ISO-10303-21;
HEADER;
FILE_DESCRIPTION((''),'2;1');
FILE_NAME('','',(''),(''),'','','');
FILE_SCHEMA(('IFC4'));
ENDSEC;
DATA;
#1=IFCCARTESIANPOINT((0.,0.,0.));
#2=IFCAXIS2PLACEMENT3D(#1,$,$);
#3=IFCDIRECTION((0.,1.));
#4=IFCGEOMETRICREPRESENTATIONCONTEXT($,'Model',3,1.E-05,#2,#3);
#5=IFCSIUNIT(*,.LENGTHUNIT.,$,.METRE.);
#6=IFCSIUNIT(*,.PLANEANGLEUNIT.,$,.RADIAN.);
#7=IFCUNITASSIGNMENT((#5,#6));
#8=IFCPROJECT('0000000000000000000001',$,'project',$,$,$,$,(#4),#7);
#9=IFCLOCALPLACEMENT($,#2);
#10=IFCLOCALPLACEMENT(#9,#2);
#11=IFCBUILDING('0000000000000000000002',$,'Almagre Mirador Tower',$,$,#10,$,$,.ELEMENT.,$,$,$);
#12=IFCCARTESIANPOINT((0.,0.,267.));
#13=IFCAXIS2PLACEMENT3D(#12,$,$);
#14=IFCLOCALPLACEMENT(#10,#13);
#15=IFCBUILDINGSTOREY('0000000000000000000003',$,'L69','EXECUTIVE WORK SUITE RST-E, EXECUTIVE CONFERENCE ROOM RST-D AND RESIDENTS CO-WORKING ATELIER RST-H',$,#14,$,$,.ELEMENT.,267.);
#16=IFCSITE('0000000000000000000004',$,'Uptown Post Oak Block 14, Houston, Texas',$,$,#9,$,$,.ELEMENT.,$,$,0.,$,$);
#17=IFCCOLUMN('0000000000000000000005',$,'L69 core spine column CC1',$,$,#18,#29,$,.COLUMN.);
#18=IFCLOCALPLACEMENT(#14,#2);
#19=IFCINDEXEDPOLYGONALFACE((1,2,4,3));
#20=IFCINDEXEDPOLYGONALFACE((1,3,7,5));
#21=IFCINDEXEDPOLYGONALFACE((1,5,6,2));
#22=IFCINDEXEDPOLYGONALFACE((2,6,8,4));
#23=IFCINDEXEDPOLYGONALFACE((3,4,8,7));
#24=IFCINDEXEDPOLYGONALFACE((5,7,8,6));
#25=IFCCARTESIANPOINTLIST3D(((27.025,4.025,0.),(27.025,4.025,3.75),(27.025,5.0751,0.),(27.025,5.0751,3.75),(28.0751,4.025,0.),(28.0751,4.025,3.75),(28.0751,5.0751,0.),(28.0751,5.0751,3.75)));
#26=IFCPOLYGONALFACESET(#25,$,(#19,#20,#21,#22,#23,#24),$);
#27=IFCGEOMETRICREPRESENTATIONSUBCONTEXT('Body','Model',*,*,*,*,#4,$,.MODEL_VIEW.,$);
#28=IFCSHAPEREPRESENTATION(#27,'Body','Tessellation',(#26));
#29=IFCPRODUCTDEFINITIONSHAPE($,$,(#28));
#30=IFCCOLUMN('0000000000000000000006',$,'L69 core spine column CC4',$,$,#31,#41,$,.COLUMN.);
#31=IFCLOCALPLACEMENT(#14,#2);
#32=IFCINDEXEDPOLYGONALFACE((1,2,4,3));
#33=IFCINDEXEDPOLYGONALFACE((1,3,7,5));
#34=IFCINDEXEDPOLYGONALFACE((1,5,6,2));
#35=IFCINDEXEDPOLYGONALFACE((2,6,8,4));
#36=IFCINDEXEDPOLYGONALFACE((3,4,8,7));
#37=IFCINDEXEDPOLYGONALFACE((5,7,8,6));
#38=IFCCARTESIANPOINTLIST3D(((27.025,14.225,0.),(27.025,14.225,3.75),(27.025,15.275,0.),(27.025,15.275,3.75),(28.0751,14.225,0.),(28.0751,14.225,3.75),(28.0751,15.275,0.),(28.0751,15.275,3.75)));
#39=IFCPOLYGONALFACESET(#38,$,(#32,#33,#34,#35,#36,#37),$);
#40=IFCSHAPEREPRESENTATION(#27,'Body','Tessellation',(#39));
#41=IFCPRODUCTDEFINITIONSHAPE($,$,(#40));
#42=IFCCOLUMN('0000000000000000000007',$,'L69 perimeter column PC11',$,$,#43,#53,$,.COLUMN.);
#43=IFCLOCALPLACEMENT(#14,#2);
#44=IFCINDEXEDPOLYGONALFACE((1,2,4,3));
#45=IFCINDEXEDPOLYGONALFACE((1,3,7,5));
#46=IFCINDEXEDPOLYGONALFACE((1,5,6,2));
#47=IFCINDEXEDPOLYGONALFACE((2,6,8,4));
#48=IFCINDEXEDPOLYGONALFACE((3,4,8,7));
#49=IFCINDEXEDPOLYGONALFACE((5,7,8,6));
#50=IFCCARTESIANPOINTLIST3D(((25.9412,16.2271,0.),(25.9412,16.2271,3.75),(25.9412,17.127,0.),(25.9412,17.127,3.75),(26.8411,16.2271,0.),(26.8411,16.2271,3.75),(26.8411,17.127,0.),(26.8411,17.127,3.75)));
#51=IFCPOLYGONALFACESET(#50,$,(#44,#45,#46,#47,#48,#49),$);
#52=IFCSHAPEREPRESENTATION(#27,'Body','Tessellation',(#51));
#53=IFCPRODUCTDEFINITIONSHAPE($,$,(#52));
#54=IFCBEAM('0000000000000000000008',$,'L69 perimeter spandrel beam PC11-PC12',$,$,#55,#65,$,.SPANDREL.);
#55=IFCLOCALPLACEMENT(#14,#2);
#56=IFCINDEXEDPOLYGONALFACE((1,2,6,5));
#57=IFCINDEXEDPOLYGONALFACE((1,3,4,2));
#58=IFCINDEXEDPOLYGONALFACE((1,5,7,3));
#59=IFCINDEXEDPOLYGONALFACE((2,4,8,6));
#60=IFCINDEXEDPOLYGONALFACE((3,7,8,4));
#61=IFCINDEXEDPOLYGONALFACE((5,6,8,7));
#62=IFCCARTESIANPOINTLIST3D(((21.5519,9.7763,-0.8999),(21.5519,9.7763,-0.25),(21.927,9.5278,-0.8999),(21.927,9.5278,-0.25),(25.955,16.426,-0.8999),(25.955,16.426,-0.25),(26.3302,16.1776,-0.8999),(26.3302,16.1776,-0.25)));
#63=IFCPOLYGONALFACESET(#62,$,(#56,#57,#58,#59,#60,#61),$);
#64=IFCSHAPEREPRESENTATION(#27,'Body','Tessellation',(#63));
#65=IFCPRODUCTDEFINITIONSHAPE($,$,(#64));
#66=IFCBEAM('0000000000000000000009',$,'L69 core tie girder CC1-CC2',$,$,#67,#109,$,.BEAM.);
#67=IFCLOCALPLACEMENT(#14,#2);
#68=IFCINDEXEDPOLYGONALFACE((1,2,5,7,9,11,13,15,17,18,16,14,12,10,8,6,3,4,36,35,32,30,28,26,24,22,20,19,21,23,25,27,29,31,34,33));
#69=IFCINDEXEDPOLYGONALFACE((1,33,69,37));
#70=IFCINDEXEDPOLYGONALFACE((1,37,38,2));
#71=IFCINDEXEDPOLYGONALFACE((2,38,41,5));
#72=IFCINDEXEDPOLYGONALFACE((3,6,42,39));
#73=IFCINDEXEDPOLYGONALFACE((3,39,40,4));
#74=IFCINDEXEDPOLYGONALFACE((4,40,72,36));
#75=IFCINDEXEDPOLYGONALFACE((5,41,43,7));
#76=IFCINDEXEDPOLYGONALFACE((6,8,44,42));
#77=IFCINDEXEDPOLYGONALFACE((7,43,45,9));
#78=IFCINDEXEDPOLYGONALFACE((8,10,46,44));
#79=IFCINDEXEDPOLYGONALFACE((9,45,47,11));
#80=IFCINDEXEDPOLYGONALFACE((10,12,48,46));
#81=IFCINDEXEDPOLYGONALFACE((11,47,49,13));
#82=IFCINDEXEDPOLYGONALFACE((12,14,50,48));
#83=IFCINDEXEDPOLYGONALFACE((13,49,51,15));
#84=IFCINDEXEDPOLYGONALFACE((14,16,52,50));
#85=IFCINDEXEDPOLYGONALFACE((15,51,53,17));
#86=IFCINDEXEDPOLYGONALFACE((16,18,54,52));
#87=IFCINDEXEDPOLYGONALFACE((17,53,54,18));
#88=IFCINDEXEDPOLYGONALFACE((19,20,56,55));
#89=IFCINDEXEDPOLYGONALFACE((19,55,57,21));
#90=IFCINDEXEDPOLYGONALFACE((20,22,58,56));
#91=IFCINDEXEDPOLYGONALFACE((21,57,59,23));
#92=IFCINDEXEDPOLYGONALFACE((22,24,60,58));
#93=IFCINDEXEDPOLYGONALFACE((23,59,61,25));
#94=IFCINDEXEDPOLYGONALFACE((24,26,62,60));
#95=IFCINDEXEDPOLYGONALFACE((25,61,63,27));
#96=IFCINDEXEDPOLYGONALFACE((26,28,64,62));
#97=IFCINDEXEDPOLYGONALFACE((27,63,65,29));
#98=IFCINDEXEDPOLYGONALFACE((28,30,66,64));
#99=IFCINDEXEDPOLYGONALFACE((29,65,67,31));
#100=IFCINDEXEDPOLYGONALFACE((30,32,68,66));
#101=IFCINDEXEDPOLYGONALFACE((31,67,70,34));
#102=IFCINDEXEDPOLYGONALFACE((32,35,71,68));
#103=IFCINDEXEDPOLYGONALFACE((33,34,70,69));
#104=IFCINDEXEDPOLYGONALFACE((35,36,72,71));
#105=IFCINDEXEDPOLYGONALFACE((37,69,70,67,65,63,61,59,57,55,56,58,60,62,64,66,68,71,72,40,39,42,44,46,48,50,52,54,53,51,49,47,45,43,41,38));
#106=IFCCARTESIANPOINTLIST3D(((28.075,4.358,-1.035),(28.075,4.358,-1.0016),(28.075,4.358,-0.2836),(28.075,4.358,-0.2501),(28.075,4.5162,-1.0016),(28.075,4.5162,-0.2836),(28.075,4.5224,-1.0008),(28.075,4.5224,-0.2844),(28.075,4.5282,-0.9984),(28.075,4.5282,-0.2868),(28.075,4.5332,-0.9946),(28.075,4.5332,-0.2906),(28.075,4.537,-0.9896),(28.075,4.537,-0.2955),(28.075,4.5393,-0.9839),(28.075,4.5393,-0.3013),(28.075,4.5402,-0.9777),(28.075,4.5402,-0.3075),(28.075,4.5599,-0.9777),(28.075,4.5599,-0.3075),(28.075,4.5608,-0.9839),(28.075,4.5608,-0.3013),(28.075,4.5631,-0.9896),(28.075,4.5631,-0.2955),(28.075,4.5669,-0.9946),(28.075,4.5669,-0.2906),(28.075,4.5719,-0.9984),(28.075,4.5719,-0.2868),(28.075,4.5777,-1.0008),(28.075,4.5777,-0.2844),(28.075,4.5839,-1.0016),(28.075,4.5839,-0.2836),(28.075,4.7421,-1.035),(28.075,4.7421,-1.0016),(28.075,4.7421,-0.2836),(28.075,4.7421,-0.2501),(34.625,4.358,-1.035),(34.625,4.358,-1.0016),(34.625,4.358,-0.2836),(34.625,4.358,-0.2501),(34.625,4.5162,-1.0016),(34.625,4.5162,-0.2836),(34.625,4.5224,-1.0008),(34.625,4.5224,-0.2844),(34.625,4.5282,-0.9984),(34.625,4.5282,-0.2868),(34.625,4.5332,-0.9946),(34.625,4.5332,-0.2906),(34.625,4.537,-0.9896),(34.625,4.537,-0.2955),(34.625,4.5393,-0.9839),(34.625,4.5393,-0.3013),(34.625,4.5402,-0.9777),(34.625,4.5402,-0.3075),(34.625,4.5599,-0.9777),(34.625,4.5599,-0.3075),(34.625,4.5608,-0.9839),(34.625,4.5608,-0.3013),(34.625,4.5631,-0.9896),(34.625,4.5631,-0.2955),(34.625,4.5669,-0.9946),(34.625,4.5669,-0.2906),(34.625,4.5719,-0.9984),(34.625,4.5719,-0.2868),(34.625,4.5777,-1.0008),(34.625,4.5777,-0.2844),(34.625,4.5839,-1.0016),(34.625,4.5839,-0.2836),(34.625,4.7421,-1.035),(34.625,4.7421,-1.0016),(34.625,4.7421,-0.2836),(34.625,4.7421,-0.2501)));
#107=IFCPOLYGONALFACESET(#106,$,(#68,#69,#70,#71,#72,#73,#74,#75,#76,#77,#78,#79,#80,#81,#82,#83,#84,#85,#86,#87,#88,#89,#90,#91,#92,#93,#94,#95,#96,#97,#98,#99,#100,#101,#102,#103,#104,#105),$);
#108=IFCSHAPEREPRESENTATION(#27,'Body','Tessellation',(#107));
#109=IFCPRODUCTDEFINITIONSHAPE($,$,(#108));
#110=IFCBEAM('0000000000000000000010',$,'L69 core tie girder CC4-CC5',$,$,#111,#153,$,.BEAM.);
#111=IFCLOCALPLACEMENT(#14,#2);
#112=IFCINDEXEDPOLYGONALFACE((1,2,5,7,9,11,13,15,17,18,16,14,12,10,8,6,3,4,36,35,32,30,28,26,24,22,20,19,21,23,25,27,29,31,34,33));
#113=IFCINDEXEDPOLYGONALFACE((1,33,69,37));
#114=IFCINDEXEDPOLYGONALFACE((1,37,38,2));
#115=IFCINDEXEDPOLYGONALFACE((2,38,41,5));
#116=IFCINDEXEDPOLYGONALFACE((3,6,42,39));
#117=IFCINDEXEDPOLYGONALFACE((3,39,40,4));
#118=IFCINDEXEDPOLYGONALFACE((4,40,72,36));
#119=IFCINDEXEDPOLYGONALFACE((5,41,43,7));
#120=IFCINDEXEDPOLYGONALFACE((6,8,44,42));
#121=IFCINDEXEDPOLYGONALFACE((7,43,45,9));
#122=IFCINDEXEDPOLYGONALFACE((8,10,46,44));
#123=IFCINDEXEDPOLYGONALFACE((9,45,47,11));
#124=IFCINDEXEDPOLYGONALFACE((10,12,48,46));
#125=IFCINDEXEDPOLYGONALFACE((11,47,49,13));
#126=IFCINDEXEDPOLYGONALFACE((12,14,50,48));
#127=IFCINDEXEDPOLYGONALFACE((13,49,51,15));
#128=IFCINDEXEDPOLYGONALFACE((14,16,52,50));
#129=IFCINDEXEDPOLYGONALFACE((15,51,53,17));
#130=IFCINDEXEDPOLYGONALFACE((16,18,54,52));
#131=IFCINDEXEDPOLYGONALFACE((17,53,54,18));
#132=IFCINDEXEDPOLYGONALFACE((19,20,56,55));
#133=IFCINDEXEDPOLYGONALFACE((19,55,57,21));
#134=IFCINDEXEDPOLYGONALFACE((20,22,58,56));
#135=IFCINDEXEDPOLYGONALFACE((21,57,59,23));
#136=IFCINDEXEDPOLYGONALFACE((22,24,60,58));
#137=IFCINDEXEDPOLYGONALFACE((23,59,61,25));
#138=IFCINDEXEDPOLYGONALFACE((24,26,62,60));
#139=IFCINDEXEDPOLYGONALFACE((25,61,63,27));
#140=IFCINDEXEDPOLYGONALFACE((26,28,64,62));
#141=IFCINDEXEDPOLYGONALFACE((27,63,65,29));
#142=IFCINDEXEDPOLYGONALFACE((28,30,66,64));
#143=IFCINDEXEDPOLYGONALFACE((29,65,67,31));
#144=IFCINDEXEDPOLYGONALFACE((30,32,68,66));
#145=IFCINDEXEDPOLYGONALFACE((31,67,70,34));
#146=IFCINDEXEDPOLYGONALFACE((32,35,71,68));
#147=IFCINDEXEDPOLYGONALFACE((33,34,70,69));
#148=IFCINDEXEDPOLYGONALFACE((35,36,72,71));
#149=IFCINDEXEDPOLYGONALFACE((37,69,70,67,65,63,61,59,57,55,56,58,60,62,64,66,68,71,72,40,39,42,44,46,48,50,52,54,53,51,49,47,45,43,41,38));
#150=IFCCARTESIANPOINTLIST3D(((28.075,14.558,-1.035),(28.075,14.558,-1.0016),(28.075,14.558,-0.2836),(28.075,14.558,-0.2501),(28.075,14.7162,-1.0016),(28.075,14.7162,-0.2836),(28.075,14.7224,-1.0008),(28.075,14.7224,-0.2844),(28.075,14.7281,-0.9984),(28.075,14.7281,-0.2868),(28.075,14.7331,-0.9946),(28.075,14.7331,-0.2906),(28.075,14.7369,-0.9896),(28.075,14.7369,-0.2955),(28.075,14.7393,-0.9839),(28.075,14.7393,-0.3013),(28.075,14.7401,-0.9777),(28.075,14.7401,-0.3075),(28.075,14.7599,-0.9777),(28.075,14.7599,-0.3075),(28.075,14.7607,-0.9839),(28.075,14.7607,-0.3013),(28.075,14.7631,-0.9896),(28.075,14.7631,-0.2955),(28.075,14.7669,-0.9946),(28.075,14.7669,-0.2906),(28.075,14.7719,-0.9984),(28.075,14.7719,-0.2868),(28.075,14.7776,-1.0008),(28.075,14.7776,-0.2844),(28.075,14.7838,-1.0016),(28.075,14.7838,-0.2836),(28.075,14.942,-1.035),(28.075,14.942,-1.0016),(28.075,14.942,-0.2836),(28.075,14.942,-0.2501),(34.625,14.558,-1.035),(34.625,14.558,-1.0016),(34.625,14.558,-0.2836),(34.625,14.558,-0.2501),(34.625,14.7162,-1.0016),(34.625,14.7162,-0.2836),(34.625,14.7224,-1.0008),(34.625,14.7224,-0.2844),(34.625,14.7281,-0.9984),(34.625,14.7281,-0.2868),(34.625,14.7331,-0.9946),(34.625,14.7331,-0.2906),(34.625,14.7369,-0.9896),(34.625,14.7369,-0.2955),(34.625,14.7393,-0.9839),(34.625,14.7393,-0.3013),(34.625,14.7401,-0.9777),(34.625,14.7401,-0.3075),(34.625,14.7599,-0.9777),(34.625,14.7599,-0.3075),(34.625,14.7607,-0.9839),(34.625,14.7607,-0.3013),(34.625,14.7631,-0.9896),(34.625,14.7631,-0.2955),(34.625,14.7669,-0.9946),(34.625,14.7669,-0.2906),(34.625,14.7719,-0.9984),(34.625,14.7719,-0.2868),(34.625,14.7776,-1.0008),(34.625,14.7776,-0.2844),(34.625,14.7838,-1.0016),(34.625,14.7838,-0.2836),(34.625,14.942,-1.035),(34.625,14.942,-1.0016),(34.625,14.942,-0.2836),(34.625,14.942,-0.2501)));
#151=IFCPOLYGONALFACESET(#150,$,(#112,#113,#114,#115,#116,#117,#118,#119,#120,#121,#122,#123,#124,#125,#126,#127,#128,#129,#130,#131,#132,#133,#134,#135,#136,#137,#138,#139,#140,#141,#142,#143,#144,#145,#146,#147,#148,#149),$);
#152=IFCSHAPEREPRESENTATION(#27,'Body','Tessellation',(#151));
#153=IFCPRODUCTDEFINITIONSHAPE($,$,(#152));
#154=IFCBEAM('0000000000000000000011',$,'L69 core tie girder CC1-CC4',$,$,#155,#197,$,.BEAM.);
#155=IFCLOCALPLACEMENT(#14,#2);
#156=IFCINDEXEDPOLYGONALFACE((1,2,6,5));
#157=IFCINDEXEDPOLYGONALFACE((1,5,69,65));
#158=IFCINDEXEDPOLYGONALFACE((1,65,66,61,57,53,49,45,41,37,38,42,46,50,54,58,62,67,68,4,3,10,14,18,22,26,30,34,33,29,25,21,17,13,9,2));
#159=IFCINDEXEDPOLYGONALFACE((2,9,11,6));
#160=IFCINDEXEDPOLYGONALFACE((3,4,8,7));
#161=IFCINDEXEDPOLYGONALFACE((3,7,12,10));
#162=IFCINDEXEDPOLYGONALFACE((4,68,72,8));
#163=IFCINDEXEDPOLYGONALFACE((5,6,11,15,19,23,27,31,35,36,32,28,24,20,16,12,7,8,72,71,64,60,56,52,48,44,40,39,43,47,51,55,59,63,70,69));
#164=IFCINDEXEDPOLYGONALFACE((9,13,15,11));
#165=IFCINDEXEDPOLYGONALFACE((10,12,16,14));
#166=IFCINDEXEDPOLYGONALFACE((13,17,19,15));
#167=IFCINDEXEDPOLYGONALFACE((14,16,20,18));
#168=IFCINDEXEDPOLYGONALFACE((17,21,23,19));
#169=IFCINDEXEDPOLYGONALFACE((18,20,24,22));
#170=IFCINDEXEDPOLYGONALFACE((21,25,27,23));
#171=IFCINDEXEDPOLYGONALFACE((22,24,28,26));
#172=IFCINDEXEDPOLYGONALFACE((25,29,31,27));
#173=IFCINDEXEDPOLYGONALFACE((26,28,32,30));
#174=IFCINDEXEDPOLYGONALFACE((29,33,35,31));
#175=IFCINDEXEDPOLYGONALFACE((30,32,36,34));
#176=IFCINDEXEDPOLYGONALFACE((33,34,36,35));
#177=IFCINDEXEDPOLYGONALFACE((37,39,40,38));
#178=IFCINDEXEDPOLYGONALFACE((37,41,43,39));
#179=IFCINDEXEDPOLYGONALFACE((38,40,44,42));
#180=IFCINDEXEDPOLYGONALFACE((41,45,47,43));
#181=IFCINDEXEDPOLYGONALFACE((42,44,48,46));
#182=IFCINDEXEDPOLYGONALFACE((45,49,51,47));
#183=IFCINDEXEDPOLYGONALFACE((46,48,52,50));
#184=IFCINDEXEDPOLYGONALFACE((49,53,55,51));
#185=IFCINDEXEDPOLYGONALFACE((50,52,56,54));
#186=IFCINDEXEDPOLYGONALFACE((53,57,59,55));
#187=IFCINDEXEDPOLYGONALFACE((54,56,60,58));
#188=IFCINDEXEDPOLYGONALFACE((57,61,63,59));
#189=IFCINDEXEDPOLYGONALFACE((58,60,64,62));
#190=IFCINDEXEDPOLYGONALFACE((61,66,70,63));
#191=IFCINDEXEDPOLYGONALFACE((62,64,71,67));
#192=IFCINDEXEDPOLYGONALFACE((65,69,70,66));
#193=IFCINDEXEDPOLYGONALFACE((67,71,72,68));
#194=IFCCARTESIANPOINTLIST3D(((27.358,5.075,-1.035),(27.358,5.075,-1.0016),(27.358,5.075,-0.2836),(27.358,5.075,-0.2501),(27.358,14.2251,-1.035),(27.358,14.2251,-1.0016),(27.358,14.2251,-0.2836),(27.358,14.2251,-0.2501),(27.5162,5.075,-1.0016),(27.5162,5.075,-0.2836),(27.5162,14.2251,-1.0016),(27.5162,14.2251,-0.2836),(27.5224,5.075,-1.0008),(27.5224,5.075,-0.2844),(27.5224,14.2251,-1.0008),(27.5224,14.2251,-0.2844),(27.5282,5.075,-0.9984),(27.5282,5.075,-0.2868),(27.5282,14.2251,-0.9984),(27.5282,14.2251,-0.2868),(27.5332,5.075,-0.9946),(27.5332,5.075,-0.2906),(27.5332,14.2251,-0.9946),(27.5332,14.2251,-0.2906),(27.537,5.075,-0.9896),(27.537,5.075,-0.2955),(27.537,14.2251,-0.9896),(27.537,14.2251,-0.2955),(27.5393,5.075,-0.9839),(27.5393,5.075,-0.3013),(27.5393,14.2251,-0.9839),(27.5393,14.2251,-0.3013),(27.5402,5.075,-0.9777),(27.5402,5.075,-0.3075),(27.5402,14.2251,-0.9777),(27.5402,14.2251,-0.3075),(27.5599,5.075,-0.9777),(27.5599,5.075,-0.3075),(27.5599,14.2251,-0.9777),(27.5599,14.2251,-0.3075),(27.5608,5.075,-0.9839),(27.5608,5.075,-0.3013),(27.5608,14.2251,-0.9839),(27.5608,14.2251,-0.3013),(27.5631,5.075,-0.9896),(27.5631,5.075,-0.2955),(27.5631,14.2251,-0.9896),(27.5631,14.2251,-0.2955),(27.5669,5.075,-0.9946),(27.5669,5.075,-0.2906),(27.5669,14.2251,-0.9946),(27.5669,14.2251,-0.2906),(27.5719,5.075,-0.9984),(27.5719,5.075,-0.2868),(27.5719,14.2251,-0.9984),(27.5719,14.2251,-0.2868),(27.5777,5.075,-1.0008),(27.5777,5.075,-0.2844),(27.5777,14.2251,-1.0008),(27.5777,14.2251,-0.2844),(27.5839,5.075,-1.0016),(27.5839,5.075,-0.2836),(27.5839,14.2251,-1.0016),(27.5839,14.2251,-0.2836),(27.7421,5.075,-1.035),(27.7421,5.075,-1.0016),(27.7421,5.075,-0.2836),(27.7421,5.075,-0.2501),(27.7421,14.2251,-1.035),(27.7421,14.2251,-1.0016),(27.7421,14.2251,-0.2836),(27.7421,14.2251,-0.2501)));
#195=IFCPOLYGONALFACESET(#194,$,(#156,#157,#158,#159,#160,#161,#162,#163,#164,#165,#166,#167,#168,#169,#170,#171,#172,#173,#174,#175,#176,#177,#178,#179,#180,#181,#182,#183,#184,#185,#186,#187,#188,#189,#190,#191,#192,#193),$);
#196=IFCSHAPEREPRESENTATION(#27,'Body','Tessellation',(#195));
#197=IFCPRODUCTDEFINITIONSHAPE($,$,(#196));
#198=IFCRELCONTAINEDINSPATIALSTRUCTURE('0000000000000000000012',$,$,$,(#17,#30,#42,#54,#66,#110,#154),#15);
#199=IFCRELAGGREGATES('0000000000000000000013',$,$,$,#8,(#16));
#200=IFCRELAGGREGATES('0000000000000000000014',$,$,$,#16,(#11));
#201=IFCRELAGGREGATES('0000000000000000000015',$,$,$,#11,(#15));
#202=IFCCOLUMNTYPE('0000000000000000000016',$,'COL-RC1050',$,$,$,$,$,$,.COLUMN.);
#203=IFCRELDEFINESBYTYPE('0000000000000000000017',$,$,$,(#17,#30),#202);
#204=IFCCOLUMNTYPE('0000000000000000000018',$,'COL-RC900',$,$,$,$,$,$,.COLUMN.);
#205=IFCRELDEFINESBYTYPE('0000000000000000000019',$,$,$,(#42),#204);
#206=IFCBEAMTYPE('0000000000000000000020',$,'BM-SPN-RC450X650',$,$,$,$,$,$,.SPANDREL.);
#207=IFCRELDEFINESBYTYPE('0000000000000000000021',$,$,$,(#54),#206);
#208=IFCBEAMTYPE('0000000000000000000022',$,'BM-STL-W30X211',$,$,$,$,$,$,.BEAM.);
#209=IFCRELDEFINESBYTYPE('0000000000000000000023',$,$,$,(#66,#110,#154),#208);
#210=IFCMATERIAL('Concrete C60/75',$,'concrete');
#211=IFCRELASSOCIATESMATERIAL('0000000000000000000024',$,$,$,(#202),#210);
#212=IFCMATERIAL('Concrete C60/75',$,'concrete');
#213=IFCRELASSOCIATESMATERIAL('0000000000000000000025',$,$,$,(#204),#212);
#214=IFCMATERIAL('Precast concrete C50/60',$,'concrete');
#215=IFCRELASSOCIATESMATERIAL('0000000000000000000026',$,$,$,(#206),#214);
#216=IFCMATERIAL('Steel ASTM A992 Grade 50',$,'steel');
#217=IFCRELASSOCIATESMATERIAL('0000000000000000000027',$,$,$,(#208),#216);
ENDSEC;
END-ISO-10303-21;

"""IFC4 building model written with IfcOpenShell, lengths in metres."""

from ifc_helpers import new_model, si_unit, direction, frame, origin, origin_2d, place, context, subcontext, project, spatial, rectangle, i_section, extrude, material, material_profile, profile_set, type_object, element, save


model = new_model("IFC4")

# Units and contexts
model_context = context("Model", 3, precision=1e-05, world=origin(), true_north=direction((0.0, 1.0)))
body_context = subcontext(model_context, "Body", "Model", "MODEL_VIEW")
ifc_project = project(units=[si_unit("LENGTHUNIT", "METRE"), si_unit("PLANEANGLEUNIT", "RADIAN")], contexts=[model_context])

# Site, building, storey
site_placement = place(None, origin())
site = spatial("IfcSite", under=ifc_project, at=site_placement, Name="Uptown Post Oak Block 14, Houston, Texas", CompositionType="ELEMENT", RefElevation=0.0)
building_placement = place(site_placement, origin())
building = spatial("IfcBuilding", under=site, at=building_placement, Name="Almagre Mirador Tower", CompositionType="ELEMENT")
storey_placement = place(building_placement, frame((0.0, 0.0, 267.0)))
storey = spatial("IfcBuildingStorey", under=building, at=storey_placement, Name="L69", Description="EXECUTIVE WORK SUITE RST-E, EXECUTIVE CONFERENCE ROOM RST-D AND RESIDENTS CO-WORKING ATELIER RST-H", CompositionType="ELEMENT", Elevation=267.0)

# Columns
ifc_material_1 = material(Name="Concrete C60/75", Category="concrete")
ifc_material_profile_1 = material_profile(ifc_material_1, rectangle(XDim=1.05, YDim=1.05, at=origin_2d()), Name="RC1050X1050")
ifc_profile_set_1 = profile_set([ifc_material_profile_1], Name="Concrete C60/75")
column_type_1 = type_object("IfcColumnType", Name="COL-RC1050", PredefinedType="COLUMN", material=ifc_profile_set_1)
for number, where, z_axis, x_axis, name in (
    (1, (27.55, 4.55, 0.0), (0.0, 0.0, 1.0), (1.0, 0.0, 0.0), "L69 core spine column CC1"),
    (2, (27.55, 14.75, 0.0), (0.0, 0.0, 1.0), (1.0, 0.0, 0.0), "L69 core spine column CC4"),
):
    element("IfcColumn", number, at=place(storey_placement, frame(where, z_axis=z_axis, x_axis=x_axis)), inside=storey, type_object=column_type_1, Name=name, PredefinedType="COLUMN", context=body_context, shape_type="SweptSolid", body=[
        extrude(rectangle(XDim=1.05, YDim=1.05, at=origin_2d()), origin(), (0.0, 0.0, 1.0), 3.75),
    ])
ifc_material_2 = material(Name="Concrete C60/75", Category="concrete")
ifc_material_profile_2 = material_profile(ifc_material_2, rectangle(XDim=0.8999, YDim=0.8999, at=origin_2d()), Name="RC900X900")
ifc_profile_set_2 = profile_set([ifc_material_profile_2], Name="Concrete C60/75")
column_type_2 = type_object("IfcColumnType", Name="COL-RC900", PredefinedType="COLUMN", material=ifc_profile_set_2)
column_placement = place(storey_placement, frame((26.3911, 16.677, 0.0), z_axis=(0.0, 0.0, 1.0), x_axis=(1.0, 0.0, 0.0)))
element("IfcColumn", 3, at=column_placement, inside=storey, type_object=column_type_2, Name="L69 perimeter column PC11", PredefinedType="COLUMN", context=body_context, shape_type="SweptSolid", body=[
    extrude(rectangle(XDim=0.8999, YDim=0.8999, at=origin_2d()), origin(), (0.0, 0.0, 1.0), 3.75),
])

# Beams
ifc_material_3 = material(Name="Precast concrete C50/60", Category="concrete")
ifc_material_profile_3 = material_profile(ifc_material_3, rectangle(XDim=0.45, YDim=0.6499, at=origin_2d()), Name="RC450X650")
ifc_profile_set_3 = profile_set([ifc_material_profile_3], Name="Precast concrete C50/60")
beam_type_1 = type_object("IfcBeamType", Name="BM-SPN-RC450X650", PredefinedType="SPANDREL", material=ifc_profile_set_3)
beam_1_placement = place(storey_placement, frame((26.1426, 16.3018, -0.575), z_axis=(-0.552091, -0.833784, 0.0), x_axis=(0.833784, -0.552091, 0.0)))
element("IfcBeam", 4, at=beam_1_placement, inside=storey, type_object=beam_type_1, Name="L69 perimeter spandrel beam PC11-PC12", PredefinedType="SPANDREL", context=body_context, shape_type="SweptSolid", body=[
    extrude(rectangle(XDim=0.45, YDim=0.6499, at=origin_2d()), origin(), (0.0, 0.0, 1.0), 7.9753),
])
ifc_material_4 = material(Name="Steel ASTM A992 Grade 50", Category="steel")
ifc_material_profile_4 = material_profile(ifc_material_4, i_section(OverallWidth=0.384, OverallDepth=0.7849, WebThickness=0.0198, FlangeThickness=0.0334, FilletRadius=0.0239, at=origin_2d()), Name="W30X211")
ifc_profile_set_4 = profile_set([ifc_material_profile_4], Name="Steel ASTM A992 Grade 50")
beam_type_2 = type_object("IfcBeamType", Name="BM-STL-W30X211", PredefinedType="BEAM", material=ifc_profile_set_4)
for number, where, z_axis, x_axis, name in (
    (5, (28.075, 4.55, -0.6426), (1.0, 0.0, 0.0), (0.0, 1.0, 0.0), "L69 core tie girder CC1-CC2"),
    (6, (28.075, 14.75, -0.6426), (1.0, 0.0, 0.0), (0.0, 1.0, 0.0), "L69 core tie girder CC4-CC5"),
):
    element("IfcBeam", number, at=place(storey_placement, frame(where, z_axis=z_axis, x_axis=x_axis)), inside=storey, type_object=beam_type_2, Name=name, PredefinedType="BEAM", context=body_context, shape_type="SweptSolid", body=[
        extrude(i_section(OverallWidth=0.384, OverallDepth=0.7849, WebThickness=0.0198, FlangeThickness=0.0334, FilletRadius=0.0239, at=origin_2d()), origin(), (0.0, 0.0, 1.0), 6.55),
    ])
beam_2_placement = place(storey_placement, frame((27.55, 5.075, -0.6426), z_axis=(0.0, 1.0, 0.0), x_axis=(-1.0, 0.0, 0.0)))
element("IfcBeam", 7, at=beam_2_placement, inside=storey, type_object=beam_type_2, Name="L69 core tie girder CC1-CC4", PredefinedType="BEAM", context=body_context, shape_type="SweptSolid", body=[
    extrude(i_section(OverallWidth=0.384, OverallDepth=0.7849, WebThickness=0.0198, FlangeThickness=0.0334, FilletRadius=0.0239, at=origin_2d()), origin(), (0.0, 0.0, 1.0), 9.1501),
])

save(model, "model.ifc")
